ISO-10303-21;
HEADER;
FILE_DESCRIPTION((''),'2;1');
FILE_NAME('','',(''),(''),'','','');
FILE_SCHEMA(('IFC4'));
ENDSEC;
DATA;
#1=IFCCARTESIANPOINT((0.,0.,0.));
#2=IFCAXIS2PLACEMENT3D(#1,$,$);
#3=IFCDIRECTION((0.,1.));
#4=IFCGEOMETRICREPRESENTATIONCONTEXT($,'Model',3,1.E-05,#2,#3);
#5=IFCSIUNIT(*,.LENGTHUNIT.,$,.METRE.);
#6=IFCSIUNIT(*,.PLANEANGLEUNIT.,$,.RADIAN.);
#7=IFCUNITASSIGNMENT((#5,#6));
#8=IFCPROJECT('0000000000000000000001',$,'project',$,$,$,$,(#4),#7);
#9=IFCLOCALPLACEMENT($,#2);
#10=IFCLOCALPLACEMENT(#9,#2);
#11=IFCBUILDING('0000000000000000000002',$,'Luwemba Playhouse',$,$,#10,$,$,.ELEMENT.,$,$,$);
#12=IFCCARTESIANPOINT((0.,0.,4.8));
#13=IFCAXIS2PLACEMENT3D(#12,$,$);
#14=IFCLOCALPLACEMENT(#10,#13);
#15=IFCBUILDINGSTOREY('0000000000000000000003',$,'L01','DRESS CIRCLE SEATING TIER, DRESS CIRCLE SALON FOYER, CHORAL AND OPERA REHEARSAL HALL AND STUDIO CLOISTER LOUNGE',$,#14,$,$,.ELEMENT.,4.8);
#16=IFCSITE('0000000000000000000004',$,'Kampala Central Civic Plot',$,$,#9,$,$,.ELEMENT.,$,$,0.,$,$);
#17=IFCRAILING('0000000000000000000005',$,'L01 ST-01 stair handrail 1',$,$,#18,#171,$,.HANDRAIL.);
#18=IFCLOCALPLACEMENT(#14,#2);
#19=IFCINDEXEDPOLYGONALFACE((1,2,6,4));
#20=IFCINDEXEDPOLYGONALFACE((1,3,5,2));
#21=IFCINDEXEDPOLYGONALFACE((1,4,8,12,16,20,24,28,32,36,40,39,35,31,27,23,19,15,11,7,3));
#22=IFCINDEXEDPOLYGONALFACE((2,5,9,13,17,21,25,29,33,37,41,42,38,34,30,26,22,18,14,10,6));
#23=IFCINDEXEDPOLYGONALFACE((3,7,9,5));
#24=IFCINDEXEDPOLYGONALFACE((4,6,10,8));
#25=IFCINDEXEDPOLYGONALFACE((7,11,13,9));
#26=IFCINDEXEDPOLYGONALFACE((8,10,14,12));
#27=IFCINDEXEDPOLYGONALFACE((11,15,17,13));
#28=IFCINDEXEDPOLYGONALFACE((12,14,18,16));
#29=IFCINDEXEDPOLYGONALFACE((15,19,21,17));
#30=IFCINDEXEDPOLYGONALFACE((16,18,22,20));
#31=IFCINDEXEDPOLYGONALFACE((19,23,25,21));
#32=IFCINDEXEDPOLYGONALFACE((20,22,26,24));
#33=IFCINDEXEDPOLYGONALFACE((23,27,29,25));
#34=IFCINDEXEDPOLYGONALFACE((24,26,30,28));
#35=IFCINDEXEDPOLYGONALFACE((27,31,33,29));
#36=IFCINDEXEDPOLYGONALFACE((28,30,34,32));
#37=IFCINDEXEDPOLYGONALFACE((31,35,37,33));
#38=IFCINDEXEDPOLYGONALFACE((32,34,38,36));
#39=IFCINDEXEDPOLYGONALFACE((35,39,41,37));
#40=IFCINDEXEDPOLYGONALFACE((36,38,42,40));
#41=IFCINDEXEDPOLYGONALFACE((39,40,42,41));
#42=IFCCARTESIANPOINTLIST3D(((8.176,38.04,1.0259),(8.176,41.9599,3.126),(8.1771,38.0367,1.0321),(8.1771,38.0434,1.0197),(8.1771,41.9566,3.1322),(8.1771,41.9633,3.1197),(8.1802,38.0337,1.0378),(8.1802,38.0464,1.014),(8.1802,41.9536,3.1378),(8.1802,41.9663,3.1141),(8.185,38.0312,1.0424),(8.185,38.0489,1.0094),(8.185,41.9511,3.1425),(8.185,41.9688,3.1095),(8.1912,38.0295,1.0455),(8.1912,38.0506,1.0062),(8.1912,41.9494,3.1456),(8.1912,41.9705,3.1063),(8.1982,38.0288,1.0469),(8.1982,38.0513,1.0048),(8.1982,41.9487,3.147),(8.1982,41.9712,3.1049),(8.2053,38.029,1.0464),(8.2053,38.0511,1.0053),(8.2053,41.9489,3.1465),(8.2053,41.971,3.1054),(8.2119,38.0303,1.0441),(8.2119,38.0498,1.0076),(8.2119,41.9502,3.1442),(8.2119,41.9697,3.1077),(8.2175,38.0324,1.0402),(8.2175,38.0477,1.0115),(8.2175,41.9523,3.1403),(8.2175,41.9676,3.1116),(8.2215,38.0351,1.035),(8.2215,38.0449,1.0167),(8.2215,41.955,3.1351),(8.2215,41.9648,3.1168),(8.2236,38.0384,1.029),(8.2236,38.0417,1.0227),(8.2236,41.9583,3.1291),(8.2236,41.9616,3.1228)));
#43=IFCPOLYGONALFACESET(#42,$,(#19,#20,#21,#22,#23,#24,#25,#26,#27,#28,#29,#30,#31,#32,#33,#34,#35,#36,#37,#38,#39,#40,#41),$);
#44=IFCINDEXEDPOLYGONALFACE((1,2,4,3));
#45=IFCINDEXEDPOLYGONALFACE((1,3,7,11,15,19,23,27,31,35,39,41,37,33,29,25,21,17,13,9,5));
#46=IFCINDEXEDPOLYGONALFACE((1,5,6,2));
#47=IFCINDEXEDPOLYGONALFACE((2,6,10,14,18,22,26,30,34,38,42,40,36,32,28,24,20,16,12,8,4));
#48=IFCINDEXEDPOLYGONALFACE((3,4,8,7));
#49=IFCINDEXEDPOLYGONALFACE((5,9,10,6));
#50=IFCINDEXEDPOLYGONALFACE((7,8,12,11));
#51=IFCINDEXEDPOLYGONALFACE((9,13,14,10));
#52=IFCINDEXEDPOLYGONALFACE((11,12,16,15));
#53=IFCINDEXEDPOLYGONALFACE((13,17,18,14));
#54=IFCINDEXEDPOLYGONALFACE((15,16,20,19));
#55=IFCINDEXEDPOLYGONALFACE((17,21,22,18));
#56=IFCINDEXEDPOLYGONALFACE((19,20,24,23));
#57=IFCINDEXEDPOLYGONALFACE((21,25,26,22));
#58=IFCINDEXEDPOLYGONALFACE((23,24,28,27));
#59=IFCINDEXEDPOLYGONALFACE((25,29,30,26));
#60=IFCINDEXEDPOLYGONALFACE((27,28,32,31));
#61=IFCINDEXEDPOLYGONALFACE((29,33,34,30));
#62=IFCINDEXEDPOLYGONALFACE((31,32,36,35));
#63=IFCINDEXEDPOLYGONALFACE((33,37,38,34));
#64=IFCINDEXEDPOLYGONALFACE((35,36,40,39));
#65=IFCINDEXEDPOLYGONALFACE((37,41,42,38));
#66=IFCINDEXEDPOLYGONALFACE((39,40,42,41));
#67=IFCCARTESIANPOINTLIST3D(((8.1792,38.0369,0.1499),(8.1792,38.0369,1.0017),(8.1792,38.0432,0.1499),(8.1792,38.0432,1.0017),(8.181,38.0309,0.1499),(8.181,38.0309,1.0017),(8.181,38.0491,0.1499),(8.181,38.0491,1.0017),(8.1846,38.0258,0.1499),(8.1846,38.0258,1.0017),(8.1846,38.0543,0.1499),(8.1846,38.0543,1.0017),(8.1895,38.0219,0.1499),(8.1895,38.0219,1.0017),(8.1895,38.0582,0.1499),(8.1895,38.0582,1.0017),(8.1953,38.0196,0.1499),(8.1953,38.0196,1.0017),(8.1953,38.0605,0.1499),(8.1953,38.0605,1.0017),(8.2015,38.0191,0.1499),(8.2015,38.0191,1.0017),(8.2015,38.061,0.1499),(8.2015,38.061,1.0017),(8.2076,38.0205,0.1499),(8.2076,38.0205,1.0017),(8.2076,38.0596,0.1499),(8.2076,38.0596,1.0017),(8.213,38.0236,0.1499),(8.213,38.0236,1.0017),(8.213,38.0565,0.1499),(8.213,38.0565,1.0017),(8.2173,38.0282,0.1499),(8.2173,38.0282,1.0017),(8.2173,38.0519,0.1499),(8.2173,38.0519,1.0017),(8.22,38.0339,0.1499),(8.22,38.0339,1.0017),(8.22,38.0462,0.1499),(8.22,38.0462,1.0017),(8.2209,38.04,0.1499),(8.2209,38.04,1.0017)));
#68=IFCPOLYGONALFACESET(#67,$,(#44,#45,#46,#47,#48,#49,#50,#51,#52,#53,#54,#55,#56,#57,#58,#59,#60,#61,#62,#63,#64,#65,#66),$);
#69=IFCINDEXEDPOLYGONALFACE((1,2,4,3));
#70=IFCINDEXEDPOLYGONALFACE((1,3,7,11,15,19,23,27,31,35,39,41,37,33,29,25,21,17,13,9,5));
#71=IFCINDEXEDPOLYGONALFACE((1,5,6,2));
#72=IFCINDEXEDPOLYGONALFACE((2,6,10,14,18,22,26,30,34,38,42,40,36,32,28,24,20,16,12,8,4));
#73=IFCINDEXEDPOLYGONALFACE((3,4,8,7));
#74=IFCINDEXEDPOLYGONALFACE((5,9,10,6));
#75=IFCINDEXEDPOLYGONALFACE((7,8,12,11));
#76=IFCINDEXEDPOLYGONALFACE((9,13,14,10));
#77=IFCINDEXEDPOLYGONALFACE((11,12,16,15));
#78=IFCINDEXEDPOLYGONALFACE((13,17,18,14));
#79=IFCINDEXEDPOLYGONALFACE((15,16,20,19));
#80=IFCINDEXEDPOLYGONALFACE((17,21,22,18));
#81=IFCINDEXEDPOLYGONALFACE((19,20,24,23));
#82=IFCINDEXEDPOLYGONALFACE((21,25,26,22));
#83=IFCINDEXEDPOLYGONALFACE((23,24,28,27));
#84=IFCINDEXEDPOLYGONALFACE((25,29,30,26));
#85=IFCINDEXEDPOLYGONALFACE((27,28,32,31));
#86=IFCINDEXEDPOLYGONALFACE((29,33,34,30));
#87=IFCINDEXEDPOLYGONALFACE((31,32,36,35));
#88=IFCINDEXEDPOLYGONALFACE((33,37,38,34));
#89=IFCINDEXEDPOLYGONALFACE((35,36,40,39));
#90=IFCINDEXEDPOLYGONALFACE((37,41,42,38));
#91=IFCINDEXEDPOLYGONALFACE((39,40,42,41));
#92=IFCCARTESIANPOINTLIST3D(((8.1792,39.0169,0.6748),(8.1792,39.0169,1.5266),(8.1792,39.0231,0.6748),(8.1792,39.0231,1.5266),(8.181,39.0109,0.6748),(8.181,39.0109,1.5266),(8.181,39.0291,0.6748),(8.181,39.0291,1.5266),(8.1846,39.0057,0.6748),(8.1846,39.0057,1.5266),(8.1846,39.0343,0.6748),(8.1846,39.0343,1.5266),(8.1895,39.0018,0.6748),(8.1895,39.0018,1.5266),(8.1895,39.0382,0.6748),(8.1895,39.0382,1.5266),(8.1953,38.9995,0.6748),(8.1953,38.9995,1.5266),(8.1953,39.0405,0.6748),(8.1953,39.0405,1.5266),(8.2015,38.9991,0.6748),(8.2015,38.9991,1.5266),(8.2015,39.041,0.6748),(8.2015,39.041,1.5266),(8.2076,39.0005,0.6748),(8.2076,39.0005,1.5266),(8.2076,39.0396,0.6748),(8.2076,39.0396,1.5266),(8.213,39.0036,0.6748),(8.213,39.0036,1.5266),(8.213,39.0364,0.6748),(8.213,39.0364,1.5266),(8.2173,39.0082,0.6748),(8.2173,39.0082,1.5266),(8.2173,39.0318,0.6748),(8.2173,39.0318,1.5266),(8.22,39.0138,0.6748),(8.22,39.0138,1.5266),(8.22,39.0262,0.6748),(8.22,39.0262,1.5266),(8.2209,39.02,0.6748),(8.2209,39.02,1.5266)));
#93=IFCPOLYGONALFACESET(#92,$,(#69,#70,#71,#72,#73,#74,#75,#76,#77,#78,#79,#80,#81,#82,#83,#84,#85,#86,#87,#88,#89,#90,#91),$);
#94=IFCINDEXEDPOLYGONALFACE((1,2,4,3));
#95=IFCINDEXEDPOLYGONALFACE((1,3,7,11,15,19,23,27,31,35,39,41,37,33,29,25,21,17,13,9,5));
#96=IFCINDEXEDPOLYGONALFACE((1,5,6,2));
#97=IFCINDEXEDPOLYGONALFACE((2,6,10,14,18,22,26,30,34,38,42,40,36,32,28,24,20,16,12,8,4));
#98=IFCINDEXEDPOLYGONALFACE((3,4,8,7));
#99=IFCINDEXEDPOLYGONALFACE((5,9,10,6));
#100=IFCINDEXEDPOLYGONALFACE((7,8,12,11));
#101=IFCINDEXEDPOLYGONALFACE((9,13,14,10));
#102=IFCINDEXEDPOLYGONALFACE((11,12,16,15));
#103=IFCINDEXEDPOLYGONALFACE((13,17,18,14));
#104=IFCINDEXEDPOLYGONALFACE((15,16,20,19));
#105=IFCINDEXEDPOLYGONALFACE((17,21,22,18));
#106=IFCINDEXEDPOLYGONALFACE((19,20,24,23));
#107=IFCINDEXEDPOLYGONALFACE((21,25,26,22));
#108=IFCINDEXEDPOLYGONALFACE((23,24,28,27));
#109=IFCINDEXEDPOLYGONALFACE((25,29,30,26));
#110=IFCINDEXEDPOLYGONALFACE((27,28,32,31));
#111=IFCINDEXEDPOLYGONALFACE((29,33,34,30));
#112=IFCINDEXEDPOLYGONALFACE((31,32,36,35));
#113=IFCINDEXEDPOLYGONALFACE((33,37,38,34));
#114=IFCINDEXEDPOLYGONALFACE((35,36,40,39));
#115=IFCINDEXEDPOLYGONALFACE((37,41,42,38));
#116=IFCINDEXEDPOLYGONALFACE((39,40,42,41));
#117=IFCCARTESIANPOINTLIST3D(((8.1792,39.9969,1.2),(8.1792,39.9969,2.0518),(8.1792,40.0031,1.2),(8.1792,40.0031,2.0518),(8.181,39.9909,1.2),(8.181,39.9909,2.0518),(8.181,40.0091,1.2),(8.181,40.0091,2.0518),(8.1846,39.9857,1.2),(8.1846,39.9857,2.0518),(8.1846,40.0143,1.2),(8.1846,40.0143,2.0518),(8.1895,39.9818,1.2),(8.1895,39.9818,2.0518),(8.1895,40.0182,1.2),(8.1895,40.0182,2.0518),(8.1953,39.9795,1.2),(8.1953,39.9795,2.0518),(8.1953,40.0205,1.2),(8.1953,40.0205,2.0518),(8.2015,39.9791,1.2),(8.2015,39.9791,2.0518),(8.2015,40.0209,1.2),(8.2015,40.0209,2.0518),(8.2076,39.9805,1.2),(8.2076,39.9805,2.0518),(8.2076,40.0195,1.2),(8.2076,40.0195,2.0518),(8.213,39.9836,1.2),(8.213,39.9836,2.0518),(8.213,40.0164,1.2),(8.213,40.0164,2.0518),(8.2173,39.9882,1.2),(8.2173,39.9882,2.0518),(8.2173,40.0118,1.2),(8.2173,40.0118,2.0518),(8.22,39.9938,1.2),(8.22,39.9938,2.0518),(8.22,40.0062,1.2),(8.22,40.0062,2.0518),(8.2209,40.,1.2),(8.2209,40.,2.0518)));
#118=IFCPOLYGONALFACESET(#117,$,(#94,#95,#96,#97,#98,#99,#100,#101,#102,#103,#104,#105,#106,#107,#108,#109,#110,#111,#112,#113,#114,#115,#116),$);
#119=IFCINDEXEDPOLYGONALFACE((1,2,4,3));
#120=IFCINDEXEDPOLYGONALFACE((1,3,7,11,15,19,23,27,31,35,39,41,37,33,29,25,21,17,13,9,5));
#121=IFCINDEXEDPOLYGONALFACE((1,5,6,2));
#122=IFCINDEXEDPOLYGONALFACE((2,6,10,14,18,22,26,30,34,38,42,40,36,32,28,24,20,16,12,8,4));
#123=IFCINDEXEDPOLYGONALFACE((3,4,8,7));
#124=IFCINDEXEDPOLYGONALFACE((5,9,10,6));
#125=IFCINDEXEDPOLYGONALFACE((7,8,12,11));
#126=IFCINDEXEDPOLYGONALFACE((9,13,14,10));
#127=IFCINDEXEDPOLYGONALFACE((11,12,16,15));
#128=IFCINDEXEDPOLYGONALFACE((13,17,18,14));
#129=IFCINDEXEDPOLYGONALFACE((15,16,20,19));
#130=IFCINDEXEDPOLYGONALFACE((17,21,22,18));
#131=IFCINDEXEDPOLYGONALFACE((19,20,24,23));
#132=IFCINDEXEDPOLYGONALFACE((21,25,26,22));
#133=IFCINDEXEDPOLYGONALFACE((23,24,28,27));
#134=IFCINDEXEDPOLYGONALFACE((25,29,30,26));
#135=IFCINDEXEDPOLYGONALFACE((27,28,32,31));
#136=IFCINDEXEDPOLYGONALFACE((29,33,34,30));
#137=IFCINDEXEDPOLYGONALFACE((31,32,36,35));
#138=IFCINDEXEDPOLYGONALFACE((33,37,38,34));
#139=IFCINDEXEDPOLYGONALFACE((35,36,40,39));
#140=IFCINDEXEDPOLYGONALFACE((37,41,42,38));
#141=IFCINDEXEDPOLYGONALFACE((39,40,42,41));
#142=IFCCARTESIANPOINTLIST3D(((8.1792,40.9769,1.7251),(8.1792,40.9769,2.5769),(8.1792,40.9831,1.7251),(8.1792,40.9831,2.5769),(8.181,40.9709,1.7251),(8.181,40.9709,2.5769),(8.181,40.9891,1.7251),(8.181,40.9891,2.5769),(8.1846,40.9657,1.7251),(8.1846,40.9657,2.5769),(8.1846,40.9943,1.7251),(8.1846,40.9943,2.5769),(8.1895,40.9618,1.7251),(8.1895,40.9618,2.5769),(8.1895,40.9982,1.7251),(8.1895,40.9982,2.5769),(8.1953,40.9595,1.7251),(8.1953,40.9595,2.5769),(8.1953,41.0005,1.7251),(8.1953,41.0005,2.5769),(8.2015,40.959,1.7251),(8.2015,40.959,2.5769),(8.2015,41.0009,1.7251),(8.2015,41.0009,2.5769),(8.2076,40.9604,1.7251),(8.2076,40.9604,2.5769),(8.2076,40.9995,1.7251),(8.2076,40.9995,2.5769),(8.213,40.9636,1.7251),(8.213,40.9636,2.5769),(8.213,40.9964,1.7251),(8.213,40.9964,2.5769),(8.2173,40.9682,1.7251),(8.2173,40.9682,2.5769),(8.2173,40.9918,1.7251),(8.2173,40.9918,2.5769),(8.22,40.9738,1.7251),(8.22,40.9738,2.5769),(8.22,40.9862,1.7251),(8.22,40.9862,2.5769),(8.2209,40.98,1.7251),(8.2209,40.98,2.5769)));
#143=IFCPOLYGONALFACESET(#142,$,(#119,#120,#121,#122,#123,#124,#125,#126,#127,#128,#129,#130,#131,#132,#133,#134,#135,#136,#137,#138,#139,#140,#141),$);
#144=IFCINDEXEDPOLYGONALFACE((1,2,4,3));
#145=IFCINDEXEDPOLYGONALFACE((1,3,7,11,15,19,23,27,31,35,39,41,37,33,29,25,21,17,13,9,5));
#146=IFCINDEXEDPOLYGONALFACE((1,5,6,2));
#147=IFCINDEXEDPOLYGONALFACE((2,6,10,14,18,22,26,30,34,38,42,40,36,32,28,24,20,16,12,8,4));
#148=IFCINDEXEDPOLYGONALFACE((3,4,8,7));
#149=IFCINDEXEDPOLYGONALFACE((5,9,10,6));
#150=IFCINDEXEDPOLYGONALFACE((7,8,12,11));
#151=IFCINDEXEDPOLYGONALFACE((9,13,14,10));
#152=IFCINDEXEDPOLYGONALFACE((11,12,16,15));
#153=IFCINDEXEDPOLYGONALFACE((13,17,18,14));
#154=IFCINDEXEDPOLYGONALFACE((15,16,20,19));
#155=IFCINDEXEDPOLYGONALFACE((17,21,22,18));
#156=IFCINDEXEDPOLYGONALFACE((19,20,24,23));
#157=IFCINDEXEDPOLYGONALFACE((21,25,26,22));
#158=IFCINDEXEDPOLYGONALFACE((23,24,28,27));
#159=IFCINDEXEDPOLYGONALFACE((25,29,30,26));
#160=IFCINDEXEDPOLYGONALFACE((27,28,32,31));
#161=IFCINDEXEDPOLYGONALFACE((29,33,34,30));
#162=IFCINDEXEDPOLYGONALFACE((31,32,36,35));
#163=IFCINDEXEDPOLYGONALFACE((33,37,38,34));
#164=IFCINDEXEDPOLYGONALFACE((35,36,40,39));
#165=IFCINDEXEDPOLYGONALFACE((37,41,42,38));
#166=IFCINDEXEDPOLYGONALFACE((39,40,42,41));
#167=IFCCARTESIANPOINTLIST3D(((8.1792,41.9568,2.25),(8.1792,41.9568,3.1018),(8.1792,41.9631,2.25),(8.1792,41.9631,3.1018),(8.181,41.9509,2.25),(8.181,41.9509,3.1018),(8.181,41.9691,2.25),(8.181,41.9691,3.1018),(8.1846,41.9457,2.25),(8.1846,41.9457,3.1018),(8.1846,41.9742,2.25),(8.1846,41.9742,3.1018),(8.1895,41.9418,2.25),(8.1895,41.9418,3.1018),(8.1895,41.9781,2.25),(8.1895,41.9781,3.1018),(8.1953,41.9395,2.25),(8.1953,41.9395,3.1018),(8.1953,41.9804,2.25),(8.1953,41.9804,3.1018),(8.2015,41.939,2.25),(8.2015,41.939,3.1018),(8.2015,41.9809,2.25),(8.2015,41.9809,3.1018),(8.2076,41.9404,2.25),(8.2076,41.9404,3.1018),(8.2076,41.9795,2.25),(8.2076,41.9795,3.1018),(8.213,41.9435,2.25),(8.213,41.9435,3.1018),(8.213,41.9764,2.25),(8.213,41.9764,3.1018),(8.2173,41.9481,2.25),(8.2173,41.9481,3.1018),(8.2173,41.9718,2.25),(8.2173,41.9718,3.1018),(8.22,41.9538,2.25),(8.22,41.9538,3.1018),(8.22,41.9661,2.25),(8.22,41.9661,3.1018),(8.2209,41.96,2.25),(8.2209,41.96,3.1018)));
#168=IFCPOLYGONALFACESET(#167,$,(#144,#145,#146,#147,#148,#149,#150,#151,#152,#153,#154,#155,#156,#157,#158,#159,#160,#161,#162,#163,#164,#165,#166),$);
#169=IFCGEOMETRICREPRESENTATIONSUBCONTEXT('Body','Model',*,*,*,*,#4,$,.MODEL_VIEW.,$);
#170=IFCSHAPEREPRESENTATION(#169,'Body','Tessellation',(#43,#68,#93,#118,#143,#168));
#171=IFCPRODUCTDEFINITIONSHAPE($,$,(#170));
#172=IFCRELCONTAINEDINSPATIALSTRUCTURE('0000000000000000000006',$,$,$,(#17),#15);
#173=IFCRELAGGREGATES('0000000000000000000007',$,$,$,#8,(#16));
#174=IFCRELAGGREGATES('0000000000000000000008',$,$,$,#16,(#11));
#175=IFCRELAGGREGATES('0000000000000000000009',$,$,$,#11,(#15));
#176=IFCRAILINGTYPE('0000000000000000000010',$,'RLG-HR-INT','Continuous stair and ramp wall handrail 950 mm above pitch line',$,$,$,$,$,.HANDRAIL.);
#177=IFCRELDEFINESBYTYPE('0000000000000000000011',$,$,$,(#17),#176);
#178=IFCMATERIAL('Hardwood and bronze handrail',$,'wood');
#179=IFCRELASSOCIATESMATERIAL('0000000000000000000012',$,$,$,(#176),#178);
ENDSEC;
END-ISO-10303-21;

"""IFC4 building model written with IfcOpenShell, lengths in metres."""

from ifc_helpers import new_model, si_unit, direction, frame, origin, origin_2d, place, context, subcontext, project, spatial, circle, extrude, material, type_object, element, save


model = new_model("IFC4")

# Units and contexts
model_context = context("Model", 3, precision=1e-05, world=origin(), true_north=direction((0.0, 1.0)))
body_context = subcontext(model_context, "Body", "Model", "MODEL_VIEW")
ifc_project = project(units=[si_unit("LENGTHUNIT", "METRE"), si_unit("PLANEANGLEUNIT", "RADIAN")], contexts=[model_context])

# Site, building, storey
site_placement = place(None, origin())
site = spatial("IfcSite", under=ifc_project, at=site_placement, Name="Kampala Central Civic Plot", CompositionType="ELEMENT", RefElevation=0.0)
building_placement = place(site_placement, origin())
building = spatial("IfcBuilding", under=site, at=building_placement, Name="Luwemba Playhouse", CompositionType="ELEMENT")
storey_placement = place(building_placement, frame((0.0, 0.0, 4.8)))
storey = spatial("IfcBuildingStorey", under=building, at=storey_placement, Name="L01", Description="DRESS CIRCLE SEATING TIER, DRESS CIRCLE SALON FOYER, CHORAL AND OPERA REHEARSAL HALL AND STUDIO CLOISTER LOUNGE", CompositionType="ELEMENT", Elevation=4.8)

# Railing
ifc_material_1 = material(Name="Hardwood and bronze handrail", Category="wood")
railing_type_1 = type_object("IfcRailingType", Name="RLG-HR-INT", Description="Continuous stair and ramp wall handrail 950 mm above pitch line", PredefinedType="HANDRAIL", material=ifc_material_1)
railing_1_placement = place(storey_placement, frame((8.2, 38.04, 0.1499)))
element("IfcRailing", 1, at=railing_1_placement, inside=storey, type_object=railing_type_1, Name="L01 ST-01 stair handrail 1", PredefinedType="HANDRAIL", context=body_context, shape_type="SweptSolid", body=[
    extrude(circle(Radius=0.0239, at=origin_2d()), frame((0.0, 0.0, 0.876), z_axis=(0.0, 0.881467, 0.472246), x_axis=(-1.0, 0.0, 0.0)), (0.0, 0.0, 1.0), 4.447),
    extrude(circle(Radius=0.021, at=origin_2d()), origin(), (0.0, 0.0, 1.0), 0.8518),
    extrude(circle(Radius=0.021, at=origin_2d()), frame((0.0, 0.98, 0.5249)), (0.0, 0.0, 1.0), 0.8518),
    extrude(circle(Radius=0.021, at=origin_2d()), frame((0.0, 1.96, 1.05)), (0.0, 0.0, 1.0), 0.8518),
    extrude(circle(Radius=0.021, at=origin_2d()), frame((0.0, 2.9399, 1.5752)), (0.0, 0.0, 1.0), 0.8518),
    extrude(circle(Radius=0.021, at=origin_2d()), frame((0.0, 3.9199, 2.1001)), (0.0, 0.0, 1.0), 0.8518),
])

save(model, "model.ifc")
